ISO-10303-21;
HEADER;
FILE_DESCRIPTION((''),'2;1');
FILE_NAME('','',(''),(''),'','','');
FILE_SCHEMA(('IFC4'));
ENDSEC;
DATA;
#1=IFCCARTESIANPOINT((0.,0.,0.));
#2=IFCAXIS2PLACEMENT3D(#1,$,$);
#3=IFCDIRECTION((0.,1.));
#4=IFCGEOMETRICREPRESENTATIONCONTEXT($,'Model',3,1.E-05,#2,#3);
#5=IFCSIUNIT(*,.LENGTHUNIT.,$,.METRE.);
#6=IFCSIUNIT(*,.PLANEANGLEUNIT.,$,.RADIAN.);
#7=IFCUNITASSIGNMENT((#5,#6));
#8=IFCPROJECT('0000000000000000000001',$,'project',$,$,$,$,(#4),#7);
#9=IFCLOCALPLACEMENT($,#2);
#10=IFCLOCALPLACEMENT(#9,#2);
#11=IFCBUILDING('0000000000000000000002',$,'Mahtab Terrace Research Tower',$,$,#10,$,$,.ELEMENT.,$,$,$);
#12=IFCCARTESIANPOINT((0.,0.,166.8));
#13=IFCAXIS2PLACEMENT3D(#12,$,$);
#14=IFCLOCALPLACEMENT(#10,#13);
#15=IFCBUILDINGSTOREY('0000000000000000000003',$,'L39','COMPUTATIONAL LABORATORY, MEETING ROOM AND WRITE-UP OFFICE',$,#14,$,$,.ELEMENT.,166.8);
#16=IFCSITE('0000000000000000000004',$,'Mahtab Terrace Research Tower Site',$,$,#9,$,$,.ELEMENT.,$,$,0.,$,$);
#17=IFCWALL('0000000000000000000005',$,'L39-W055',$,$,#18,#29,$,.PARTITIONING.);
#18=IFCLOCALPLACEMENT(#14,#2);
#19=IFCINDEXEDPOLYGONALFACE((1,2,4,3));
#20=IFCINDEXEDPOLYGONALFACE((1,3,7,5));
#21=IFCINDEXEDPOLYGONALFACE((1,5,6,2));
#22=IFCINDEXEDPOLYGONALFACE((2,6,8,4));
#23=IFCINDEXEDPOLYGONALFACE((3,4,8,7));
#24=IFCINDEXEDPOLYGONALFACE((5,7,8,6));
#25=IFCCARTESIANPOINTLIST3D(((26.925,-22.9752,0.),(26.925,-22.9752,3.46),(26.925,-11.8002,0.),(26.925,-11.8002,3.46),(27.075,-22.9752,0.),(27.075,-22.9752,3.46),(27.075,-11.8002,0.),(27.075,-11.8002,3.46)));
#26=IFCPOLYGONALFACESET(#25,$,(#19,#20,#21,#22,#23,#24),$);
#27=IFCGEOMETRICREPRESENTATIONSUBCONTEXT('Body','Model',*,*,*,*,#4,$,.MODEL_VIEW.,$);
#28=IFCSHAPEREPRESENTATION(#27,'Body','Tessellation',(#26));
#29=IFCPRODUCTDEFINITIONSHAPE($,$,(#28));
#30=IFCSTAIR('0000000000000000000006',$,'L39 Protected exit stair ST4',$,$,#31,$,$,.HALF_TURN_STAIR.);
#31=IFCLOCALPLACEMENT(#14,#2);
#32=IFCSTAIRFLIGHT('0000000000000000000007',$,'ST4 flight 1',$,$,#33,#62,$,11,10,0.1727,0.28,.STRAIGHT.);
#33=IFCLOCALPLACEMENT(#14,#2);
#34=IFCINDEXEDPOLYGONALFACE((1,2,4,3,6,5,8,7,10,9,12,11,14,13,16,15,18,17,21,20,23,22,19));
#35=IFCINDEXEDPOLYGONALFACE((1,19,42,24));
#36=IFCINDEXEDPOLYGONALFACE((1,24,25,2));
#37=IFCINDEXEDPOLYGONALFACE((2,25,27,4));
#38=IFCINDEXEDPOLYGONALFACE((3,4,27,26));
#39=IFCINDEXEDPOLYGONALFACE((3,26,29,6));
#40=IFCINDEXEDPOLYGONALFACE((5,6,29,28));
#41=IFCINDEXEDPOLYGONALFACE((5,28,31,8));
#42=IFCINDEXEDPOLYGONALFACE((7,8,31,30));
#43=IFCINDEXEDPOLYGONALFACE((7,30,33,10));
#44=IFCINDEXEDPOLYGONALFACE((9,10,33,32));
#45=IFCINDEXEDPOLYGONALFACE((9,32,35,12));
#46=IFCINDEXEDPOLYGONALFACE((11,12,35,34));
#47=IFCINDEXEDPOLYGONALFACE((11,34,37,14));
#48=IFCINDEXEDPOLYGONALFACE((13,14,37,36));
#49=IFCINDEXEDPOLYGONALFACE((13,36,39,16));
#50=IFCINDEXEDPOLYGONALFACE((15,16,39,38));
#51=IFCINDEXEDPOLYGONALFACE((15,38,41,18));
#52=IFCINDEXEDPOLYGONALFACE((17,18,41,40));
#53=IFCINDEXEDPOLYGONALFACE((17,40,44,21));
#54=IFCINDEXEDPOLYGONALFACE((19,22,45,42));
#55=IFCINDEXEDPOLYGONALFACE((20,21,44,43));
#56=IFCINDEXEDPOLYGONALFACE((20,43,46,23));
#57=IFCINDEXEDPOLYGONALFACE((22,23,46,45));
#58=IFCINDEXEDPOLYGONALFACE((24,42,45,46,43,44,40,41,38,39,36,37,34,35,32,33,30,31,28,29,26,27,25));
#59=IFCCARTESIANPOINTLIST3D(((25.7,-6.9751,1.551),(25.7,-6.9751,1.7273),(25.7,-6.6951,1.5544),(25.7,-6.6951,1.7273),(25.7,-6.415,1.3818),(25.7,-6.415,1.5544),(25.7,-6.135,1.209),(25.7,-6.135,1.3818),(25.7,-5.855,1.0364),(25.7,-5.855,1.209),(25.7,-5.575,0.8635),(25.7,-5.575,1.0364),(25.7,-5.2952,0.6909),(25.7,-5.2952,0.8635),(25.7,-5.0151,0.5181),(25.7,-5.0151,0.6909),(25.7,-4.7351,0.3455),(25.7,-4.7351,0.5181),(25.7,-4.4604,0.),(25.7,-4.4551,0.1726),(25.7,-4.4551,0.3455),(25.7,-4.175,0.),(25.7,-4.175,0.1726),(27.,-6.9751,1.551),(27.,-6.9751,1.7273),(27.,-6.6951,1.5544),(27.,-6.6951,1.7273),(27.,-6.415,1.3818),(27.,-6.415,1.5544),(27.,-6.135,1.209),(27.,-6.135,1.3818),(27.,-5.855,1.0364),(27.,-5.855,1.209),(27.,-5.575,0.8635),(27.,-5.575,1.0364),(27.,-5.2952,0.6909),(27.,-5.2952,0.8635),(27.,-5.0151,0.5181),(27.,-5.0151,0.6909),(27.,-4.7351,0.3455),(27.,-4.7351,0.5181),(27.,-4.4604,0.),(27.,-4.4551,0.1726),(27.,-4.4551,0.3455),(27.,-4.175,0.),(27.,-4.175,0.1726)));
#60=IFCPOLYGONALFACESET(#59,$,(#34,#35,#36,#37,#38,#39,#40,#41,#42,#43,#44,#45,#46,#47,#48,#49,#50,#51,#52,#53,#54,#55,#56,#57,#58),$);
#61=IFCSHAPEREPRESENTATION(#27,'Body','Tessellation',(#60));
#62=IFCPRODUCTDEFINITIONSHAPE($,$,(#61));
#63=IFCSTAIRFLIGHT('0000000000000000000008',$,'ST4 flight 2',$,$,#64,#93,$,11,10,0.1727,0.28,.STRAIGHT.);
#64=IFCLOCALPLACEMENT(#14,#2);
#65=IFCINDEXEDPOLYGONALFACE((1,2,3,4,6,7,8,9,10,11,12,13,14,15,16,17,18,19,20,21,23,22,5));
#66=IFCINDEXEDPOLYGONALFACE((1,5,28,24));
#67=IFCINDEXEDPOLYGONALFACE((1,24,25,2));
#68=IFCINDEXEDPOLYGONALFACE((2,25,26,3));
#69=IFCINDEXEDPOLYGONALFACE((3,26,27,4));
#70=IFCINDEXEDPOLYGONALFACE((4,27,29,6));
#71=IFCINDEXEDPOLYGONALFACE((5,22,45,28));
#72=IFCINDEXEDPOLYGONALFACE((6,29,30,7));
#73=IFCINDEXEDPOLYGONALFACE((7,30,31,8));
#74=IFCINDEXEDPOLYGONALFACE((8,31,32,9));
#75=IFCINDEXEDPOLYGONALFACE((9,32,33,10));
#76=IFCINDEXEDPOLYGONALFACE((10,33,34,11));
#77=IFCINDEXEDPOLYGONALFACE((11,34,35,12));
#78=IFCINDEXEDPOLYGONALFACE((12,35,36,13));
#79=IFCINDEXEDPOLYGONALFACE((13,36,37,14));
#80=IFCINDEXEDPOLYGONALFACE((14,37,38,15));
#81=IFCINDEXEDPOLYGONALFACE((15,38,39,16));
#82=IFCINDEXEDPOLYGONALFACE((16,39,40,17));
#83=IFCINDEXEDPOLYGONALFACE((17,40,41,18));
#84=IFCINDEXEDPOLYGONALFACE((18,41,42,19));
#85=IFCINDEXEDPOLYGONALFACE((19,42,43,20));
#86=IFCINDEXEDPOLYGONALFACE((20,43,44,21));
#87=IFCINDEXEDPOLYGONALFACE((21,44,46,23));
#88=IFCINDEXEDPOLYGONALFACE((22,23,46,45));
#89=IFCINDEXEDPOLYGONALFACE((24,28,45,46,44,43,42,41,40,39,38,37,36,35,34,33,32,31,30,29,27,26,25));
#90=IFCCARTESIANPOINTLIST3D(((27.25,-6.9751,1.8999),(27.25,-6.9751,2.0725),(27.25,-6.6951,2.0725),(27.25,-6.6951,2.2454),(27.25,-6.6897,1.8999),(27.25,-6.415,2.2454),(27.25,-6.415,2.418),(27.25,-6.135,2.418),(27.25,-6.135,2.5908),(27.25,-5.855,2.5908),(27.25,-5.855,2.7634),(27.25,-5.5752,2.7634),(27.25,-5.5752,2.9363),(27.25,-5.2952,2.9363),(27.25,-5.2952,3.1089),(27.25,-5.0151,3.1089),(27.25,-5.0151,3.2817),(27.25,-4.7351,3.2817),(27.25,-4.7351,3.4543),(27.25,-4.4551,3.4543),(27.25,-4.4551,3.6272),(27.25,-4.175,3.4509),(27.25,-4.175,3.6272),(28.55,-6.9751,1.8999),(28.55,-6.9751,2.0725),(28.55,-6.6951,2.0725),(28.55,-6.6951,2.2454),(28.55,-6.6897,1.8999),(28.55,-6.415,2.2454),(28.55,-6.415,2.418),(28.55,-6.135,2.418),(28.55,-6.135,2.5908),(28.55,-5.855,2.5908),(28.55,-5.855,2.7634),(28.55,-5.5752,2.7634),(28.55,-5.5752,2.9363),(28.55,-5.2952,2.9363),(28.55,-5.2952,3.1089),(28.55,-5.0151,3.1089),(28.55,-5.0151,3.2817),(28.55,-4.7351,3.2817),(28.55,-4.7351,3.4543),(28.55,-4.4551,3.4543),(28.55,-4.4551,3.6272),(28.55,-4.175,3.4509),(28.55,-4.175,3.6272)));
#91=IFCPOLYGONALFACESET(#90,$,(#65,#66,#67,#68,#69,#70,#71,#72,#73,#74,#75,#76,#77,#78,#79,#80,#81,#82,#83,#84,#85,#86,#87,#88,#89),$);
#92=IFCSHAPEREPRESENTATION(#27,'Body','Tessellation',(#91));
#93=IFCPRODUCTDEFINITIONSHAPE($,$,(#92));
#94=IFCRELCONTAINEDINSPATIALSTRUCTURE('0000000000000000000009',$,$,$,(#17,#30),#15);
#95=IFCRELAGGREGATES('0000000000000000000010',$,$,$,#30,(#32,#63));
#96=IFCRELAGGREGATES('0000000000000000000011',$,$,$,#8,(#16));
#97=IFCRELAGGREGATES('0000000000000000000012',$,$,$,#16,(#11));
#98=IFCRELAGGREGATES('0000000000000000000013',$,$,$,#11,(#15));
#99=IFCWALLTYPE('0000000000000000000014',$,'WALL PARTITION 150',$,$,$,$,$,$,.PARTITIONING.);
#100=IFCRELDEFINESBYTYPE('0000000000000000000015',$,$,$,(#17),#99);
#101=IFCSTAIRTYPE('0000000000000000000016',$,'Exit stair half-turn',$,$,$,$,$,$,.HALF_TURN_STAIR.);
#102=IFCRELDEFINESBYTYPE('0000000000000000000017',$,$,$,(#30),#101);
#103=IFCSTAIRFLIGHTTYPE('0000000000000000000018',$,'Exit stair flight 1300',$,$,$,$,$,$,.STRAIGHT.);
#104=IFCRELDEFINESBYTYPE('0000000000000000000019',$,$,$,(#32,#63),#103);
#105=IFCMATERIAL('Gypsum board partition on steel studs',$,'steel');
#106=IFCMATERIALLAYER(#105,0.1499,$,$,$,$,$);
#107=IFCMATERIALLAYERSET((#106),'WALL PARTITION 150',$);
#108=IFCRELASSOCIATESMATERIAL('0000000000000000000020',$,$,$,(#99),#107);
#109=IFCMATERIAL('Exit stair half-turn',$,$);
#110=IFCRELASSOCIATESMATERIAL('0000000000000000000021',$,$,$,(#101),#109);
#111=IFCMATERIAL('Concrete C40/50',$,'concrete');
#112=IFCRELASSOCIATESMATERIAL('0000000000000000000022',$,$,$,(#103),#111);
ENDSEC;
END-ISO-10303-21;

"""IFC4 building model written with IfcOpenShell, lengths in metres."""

from ifc_helpers import new_model, si_unit, direction, frame, frame_2d, origin, place, context, subcontext, project, spatial, polyline, rectangle, outline, extrude, material, layer, layer_set, type_object, element, aggregate, save


model = new_model("IFC4")

# Units and contexts
model_context = context("Model", 3, precision=1e-05, world=origin(), true_north=direction((0.0, 1.0)))
body_context = subcontext(model_context, "Body", "Model", "MODEL_VIEW")
ifc_project = project(units=[si_unit("LENGTHUNIT", "METRE"), si_unit("PLANEANGLEUNIT", "RADIAN")], contexts=[model_context])

# Site, building, storey
site_placement = place(None, origin())
site = spatial("IfcSite", under=ifc_project, at=site_placement, Name="Mahtab Terrace Research Tower Site", CompositionType="ELEMENT", RefElevation=0.0)
building_placement = place(site_placement, origin())
building = spatial("IfcBuilding", under=site, at=building_placement, Name="Mahtab Terrace Research Tower", CompositionType="ELEMENT")
storey_placement = place(building_placement, frame((0.0, 0.0, 166.8)))
storey = spatial("IfcBuildingStorey", under=building, at=storey_placement, Name="L39", Description="COMPUTATIONAL LABORATORY, MEETING ROOM AND WRITE-UP OFFICE", CompositionType="ELEMENT", Elevation=166.8)

# Wall
ifc_material_1 = material(Name="Gypsum board partition on steel studs", Category="steel")
ifc_layer_1 = layer(ifc_material_1, 0.1499)
ifc_layer_set_1 = layer_set([ifc_layer_1], Name="WALL PARTITION 150")
wall_type_1 = type_object("IfcWallType", Name="WALL PARTITION 150", PredefinedType="PARTITIONING", material=ifc_layer_set_1)
wall_1_placement = place(storey_placement, frame((27.0, -22.9751, 0.0), z_axis=(0.0, 0.0, 1.0), x_axis=(0.0, 1.0, 0.0)))
element("IfcWall", 1, at=wall_1_placement, inside=storey, type_object=wall_type_1, Name="L39-W055", PredefinedType="PARTITIONING", context=body_context, shape_type="SweptSolid", body=[
    extrude(rectangle(XDim=11.175, YDim=0.1499, at=frame_2d((5.5874, 0.0))), origin(), (0.0, 0.0, 1.0), 3.46),
])

# Stair, stair flights
ifc_material_2 = material(Name="Exit stair half-turn")
stair_type = type_object("IfcStairType", Name="Exit stair half-turn", PredefinedType="HALF_TURN_STAIR", material=ifc_material_2)
stair_placement = place(storey_placement, origin())
stair = element("IfcStair", 2, at=stair_placement, inside=storey, type_object=stair_type, Name="L39 Protected exit stair ST4", PredefinedType="HALF_TURN_STAIR")
ifc_material_3 = material(Name="Concrete C40/50", Category="concrete")
stair_flight_type = type_object("IfcStairFlightType", Name="Exit stair flight 1300", PredefinedType="STRAIGHT", material=ifc_material_3)
stair_flight_1_placement = place(storey_placement, frame((26.3501, -4.175, 0.0), z_axis=(0.0, 0.0, 1.0), x_axis=(0.0, -1.0, 0.0)))
stair_flight_1 = element("IfcStairFlight", 3, at=stair_flight_1_placement, type_object=stair_flight_type, Name="ST4 flight 1", NumberOfRisers=11, NumberOfTreads=10, PredefinedType="STRAIGHT", RiserHeight=0.1727, TreadLength=0.28, context=body_context, shape_type="SweptSolid", body=[
    extrude(outline(polyline([(0.0, 0.0), (0.0, 0.1726), (0.28, 0.1726), (0.28, 0.3455), (0.5601, 0.3455), (0.5601, 0.5181), (0.8401, 0.5181), (0.8401, 0.6909), (1.1201, 0.6909), (1.1201, 0.8635), (1.3999, 0.8635), (1.3999, 1.0364), (1.6799, 1.0364), (1.6799, 1.209), (1.96, 1.209), (1.96, 1.3818), (2.24, 1.3818), (2.24, 1.5544), (2.52, 1.5544), (2.52, 1.7273), (2.8, 1.7273), (2.8, 1.8999), (2.8, 1.551), (0.2854, 0.0), (0.0, 0.0)])), frame((0.0, 0.6499, 0.0), z_axis=(0.0, -1.0, 0.0), x_axis=(1.0, 0.0, 0.0)), (0.0, 0.0, 1.0), 1.3),
])
stair_flight_2_placement = place(storey_placement, frame((27.8999, -6.9751, 1.8999), z_axis=(0.0, 0.0, 1.0), x_axis=(0.0, 1.0, 0.0)))
stair_flight_2 = element("IfcStairFlight", 4, at=stair_flight_2_placement, type_object=stair_flight_type, Name="ST4 flight 2", NumberOfRisers=11, NumberOfTreads=10, PredefinedType="STRAIGHT", RiserHeight=0.1727, TreadLength=0.28, context=body_context, shape_type="SweptSolid", body=[
    extrude(outline(polyline([(0.0, 0.0), (0.0, 0.1726), (0.28, 0.1726), (0.28, 0.3455), (0.5601, 0.3455), (0.5601, 0.5181), (0.8401, 0.5181), (0.8401, 0.6909), (1.1201, 0.6909), (1.1201, 0.8635), (1.3999, 0.8635), (1.3999, 1.0364), (1.6799, 1.0364), (1.6799, 1.209), (1.96, 1.209), (1.96, 1.3818), (2.24, 1.3818), (2.24, 1.5544), (2.52, 1.5544), (2.52, 1.7273), (2.8, 1.7273), (2.8, 1.8999), (2.8, 1.551), (0.2854, 0.0), (0.0, 0.0)])), frame((0.0, 0.6499, 0.0), z_axis=(0.0, -1.0, 0.0), x_axis=(1.0, 0.0, 0.0)), (0.0, 0.0, 1.0), 1.3),
])
aggregate(stair, [stair_flight_1, stair_flight_2])

save(model, "model.ifc")
